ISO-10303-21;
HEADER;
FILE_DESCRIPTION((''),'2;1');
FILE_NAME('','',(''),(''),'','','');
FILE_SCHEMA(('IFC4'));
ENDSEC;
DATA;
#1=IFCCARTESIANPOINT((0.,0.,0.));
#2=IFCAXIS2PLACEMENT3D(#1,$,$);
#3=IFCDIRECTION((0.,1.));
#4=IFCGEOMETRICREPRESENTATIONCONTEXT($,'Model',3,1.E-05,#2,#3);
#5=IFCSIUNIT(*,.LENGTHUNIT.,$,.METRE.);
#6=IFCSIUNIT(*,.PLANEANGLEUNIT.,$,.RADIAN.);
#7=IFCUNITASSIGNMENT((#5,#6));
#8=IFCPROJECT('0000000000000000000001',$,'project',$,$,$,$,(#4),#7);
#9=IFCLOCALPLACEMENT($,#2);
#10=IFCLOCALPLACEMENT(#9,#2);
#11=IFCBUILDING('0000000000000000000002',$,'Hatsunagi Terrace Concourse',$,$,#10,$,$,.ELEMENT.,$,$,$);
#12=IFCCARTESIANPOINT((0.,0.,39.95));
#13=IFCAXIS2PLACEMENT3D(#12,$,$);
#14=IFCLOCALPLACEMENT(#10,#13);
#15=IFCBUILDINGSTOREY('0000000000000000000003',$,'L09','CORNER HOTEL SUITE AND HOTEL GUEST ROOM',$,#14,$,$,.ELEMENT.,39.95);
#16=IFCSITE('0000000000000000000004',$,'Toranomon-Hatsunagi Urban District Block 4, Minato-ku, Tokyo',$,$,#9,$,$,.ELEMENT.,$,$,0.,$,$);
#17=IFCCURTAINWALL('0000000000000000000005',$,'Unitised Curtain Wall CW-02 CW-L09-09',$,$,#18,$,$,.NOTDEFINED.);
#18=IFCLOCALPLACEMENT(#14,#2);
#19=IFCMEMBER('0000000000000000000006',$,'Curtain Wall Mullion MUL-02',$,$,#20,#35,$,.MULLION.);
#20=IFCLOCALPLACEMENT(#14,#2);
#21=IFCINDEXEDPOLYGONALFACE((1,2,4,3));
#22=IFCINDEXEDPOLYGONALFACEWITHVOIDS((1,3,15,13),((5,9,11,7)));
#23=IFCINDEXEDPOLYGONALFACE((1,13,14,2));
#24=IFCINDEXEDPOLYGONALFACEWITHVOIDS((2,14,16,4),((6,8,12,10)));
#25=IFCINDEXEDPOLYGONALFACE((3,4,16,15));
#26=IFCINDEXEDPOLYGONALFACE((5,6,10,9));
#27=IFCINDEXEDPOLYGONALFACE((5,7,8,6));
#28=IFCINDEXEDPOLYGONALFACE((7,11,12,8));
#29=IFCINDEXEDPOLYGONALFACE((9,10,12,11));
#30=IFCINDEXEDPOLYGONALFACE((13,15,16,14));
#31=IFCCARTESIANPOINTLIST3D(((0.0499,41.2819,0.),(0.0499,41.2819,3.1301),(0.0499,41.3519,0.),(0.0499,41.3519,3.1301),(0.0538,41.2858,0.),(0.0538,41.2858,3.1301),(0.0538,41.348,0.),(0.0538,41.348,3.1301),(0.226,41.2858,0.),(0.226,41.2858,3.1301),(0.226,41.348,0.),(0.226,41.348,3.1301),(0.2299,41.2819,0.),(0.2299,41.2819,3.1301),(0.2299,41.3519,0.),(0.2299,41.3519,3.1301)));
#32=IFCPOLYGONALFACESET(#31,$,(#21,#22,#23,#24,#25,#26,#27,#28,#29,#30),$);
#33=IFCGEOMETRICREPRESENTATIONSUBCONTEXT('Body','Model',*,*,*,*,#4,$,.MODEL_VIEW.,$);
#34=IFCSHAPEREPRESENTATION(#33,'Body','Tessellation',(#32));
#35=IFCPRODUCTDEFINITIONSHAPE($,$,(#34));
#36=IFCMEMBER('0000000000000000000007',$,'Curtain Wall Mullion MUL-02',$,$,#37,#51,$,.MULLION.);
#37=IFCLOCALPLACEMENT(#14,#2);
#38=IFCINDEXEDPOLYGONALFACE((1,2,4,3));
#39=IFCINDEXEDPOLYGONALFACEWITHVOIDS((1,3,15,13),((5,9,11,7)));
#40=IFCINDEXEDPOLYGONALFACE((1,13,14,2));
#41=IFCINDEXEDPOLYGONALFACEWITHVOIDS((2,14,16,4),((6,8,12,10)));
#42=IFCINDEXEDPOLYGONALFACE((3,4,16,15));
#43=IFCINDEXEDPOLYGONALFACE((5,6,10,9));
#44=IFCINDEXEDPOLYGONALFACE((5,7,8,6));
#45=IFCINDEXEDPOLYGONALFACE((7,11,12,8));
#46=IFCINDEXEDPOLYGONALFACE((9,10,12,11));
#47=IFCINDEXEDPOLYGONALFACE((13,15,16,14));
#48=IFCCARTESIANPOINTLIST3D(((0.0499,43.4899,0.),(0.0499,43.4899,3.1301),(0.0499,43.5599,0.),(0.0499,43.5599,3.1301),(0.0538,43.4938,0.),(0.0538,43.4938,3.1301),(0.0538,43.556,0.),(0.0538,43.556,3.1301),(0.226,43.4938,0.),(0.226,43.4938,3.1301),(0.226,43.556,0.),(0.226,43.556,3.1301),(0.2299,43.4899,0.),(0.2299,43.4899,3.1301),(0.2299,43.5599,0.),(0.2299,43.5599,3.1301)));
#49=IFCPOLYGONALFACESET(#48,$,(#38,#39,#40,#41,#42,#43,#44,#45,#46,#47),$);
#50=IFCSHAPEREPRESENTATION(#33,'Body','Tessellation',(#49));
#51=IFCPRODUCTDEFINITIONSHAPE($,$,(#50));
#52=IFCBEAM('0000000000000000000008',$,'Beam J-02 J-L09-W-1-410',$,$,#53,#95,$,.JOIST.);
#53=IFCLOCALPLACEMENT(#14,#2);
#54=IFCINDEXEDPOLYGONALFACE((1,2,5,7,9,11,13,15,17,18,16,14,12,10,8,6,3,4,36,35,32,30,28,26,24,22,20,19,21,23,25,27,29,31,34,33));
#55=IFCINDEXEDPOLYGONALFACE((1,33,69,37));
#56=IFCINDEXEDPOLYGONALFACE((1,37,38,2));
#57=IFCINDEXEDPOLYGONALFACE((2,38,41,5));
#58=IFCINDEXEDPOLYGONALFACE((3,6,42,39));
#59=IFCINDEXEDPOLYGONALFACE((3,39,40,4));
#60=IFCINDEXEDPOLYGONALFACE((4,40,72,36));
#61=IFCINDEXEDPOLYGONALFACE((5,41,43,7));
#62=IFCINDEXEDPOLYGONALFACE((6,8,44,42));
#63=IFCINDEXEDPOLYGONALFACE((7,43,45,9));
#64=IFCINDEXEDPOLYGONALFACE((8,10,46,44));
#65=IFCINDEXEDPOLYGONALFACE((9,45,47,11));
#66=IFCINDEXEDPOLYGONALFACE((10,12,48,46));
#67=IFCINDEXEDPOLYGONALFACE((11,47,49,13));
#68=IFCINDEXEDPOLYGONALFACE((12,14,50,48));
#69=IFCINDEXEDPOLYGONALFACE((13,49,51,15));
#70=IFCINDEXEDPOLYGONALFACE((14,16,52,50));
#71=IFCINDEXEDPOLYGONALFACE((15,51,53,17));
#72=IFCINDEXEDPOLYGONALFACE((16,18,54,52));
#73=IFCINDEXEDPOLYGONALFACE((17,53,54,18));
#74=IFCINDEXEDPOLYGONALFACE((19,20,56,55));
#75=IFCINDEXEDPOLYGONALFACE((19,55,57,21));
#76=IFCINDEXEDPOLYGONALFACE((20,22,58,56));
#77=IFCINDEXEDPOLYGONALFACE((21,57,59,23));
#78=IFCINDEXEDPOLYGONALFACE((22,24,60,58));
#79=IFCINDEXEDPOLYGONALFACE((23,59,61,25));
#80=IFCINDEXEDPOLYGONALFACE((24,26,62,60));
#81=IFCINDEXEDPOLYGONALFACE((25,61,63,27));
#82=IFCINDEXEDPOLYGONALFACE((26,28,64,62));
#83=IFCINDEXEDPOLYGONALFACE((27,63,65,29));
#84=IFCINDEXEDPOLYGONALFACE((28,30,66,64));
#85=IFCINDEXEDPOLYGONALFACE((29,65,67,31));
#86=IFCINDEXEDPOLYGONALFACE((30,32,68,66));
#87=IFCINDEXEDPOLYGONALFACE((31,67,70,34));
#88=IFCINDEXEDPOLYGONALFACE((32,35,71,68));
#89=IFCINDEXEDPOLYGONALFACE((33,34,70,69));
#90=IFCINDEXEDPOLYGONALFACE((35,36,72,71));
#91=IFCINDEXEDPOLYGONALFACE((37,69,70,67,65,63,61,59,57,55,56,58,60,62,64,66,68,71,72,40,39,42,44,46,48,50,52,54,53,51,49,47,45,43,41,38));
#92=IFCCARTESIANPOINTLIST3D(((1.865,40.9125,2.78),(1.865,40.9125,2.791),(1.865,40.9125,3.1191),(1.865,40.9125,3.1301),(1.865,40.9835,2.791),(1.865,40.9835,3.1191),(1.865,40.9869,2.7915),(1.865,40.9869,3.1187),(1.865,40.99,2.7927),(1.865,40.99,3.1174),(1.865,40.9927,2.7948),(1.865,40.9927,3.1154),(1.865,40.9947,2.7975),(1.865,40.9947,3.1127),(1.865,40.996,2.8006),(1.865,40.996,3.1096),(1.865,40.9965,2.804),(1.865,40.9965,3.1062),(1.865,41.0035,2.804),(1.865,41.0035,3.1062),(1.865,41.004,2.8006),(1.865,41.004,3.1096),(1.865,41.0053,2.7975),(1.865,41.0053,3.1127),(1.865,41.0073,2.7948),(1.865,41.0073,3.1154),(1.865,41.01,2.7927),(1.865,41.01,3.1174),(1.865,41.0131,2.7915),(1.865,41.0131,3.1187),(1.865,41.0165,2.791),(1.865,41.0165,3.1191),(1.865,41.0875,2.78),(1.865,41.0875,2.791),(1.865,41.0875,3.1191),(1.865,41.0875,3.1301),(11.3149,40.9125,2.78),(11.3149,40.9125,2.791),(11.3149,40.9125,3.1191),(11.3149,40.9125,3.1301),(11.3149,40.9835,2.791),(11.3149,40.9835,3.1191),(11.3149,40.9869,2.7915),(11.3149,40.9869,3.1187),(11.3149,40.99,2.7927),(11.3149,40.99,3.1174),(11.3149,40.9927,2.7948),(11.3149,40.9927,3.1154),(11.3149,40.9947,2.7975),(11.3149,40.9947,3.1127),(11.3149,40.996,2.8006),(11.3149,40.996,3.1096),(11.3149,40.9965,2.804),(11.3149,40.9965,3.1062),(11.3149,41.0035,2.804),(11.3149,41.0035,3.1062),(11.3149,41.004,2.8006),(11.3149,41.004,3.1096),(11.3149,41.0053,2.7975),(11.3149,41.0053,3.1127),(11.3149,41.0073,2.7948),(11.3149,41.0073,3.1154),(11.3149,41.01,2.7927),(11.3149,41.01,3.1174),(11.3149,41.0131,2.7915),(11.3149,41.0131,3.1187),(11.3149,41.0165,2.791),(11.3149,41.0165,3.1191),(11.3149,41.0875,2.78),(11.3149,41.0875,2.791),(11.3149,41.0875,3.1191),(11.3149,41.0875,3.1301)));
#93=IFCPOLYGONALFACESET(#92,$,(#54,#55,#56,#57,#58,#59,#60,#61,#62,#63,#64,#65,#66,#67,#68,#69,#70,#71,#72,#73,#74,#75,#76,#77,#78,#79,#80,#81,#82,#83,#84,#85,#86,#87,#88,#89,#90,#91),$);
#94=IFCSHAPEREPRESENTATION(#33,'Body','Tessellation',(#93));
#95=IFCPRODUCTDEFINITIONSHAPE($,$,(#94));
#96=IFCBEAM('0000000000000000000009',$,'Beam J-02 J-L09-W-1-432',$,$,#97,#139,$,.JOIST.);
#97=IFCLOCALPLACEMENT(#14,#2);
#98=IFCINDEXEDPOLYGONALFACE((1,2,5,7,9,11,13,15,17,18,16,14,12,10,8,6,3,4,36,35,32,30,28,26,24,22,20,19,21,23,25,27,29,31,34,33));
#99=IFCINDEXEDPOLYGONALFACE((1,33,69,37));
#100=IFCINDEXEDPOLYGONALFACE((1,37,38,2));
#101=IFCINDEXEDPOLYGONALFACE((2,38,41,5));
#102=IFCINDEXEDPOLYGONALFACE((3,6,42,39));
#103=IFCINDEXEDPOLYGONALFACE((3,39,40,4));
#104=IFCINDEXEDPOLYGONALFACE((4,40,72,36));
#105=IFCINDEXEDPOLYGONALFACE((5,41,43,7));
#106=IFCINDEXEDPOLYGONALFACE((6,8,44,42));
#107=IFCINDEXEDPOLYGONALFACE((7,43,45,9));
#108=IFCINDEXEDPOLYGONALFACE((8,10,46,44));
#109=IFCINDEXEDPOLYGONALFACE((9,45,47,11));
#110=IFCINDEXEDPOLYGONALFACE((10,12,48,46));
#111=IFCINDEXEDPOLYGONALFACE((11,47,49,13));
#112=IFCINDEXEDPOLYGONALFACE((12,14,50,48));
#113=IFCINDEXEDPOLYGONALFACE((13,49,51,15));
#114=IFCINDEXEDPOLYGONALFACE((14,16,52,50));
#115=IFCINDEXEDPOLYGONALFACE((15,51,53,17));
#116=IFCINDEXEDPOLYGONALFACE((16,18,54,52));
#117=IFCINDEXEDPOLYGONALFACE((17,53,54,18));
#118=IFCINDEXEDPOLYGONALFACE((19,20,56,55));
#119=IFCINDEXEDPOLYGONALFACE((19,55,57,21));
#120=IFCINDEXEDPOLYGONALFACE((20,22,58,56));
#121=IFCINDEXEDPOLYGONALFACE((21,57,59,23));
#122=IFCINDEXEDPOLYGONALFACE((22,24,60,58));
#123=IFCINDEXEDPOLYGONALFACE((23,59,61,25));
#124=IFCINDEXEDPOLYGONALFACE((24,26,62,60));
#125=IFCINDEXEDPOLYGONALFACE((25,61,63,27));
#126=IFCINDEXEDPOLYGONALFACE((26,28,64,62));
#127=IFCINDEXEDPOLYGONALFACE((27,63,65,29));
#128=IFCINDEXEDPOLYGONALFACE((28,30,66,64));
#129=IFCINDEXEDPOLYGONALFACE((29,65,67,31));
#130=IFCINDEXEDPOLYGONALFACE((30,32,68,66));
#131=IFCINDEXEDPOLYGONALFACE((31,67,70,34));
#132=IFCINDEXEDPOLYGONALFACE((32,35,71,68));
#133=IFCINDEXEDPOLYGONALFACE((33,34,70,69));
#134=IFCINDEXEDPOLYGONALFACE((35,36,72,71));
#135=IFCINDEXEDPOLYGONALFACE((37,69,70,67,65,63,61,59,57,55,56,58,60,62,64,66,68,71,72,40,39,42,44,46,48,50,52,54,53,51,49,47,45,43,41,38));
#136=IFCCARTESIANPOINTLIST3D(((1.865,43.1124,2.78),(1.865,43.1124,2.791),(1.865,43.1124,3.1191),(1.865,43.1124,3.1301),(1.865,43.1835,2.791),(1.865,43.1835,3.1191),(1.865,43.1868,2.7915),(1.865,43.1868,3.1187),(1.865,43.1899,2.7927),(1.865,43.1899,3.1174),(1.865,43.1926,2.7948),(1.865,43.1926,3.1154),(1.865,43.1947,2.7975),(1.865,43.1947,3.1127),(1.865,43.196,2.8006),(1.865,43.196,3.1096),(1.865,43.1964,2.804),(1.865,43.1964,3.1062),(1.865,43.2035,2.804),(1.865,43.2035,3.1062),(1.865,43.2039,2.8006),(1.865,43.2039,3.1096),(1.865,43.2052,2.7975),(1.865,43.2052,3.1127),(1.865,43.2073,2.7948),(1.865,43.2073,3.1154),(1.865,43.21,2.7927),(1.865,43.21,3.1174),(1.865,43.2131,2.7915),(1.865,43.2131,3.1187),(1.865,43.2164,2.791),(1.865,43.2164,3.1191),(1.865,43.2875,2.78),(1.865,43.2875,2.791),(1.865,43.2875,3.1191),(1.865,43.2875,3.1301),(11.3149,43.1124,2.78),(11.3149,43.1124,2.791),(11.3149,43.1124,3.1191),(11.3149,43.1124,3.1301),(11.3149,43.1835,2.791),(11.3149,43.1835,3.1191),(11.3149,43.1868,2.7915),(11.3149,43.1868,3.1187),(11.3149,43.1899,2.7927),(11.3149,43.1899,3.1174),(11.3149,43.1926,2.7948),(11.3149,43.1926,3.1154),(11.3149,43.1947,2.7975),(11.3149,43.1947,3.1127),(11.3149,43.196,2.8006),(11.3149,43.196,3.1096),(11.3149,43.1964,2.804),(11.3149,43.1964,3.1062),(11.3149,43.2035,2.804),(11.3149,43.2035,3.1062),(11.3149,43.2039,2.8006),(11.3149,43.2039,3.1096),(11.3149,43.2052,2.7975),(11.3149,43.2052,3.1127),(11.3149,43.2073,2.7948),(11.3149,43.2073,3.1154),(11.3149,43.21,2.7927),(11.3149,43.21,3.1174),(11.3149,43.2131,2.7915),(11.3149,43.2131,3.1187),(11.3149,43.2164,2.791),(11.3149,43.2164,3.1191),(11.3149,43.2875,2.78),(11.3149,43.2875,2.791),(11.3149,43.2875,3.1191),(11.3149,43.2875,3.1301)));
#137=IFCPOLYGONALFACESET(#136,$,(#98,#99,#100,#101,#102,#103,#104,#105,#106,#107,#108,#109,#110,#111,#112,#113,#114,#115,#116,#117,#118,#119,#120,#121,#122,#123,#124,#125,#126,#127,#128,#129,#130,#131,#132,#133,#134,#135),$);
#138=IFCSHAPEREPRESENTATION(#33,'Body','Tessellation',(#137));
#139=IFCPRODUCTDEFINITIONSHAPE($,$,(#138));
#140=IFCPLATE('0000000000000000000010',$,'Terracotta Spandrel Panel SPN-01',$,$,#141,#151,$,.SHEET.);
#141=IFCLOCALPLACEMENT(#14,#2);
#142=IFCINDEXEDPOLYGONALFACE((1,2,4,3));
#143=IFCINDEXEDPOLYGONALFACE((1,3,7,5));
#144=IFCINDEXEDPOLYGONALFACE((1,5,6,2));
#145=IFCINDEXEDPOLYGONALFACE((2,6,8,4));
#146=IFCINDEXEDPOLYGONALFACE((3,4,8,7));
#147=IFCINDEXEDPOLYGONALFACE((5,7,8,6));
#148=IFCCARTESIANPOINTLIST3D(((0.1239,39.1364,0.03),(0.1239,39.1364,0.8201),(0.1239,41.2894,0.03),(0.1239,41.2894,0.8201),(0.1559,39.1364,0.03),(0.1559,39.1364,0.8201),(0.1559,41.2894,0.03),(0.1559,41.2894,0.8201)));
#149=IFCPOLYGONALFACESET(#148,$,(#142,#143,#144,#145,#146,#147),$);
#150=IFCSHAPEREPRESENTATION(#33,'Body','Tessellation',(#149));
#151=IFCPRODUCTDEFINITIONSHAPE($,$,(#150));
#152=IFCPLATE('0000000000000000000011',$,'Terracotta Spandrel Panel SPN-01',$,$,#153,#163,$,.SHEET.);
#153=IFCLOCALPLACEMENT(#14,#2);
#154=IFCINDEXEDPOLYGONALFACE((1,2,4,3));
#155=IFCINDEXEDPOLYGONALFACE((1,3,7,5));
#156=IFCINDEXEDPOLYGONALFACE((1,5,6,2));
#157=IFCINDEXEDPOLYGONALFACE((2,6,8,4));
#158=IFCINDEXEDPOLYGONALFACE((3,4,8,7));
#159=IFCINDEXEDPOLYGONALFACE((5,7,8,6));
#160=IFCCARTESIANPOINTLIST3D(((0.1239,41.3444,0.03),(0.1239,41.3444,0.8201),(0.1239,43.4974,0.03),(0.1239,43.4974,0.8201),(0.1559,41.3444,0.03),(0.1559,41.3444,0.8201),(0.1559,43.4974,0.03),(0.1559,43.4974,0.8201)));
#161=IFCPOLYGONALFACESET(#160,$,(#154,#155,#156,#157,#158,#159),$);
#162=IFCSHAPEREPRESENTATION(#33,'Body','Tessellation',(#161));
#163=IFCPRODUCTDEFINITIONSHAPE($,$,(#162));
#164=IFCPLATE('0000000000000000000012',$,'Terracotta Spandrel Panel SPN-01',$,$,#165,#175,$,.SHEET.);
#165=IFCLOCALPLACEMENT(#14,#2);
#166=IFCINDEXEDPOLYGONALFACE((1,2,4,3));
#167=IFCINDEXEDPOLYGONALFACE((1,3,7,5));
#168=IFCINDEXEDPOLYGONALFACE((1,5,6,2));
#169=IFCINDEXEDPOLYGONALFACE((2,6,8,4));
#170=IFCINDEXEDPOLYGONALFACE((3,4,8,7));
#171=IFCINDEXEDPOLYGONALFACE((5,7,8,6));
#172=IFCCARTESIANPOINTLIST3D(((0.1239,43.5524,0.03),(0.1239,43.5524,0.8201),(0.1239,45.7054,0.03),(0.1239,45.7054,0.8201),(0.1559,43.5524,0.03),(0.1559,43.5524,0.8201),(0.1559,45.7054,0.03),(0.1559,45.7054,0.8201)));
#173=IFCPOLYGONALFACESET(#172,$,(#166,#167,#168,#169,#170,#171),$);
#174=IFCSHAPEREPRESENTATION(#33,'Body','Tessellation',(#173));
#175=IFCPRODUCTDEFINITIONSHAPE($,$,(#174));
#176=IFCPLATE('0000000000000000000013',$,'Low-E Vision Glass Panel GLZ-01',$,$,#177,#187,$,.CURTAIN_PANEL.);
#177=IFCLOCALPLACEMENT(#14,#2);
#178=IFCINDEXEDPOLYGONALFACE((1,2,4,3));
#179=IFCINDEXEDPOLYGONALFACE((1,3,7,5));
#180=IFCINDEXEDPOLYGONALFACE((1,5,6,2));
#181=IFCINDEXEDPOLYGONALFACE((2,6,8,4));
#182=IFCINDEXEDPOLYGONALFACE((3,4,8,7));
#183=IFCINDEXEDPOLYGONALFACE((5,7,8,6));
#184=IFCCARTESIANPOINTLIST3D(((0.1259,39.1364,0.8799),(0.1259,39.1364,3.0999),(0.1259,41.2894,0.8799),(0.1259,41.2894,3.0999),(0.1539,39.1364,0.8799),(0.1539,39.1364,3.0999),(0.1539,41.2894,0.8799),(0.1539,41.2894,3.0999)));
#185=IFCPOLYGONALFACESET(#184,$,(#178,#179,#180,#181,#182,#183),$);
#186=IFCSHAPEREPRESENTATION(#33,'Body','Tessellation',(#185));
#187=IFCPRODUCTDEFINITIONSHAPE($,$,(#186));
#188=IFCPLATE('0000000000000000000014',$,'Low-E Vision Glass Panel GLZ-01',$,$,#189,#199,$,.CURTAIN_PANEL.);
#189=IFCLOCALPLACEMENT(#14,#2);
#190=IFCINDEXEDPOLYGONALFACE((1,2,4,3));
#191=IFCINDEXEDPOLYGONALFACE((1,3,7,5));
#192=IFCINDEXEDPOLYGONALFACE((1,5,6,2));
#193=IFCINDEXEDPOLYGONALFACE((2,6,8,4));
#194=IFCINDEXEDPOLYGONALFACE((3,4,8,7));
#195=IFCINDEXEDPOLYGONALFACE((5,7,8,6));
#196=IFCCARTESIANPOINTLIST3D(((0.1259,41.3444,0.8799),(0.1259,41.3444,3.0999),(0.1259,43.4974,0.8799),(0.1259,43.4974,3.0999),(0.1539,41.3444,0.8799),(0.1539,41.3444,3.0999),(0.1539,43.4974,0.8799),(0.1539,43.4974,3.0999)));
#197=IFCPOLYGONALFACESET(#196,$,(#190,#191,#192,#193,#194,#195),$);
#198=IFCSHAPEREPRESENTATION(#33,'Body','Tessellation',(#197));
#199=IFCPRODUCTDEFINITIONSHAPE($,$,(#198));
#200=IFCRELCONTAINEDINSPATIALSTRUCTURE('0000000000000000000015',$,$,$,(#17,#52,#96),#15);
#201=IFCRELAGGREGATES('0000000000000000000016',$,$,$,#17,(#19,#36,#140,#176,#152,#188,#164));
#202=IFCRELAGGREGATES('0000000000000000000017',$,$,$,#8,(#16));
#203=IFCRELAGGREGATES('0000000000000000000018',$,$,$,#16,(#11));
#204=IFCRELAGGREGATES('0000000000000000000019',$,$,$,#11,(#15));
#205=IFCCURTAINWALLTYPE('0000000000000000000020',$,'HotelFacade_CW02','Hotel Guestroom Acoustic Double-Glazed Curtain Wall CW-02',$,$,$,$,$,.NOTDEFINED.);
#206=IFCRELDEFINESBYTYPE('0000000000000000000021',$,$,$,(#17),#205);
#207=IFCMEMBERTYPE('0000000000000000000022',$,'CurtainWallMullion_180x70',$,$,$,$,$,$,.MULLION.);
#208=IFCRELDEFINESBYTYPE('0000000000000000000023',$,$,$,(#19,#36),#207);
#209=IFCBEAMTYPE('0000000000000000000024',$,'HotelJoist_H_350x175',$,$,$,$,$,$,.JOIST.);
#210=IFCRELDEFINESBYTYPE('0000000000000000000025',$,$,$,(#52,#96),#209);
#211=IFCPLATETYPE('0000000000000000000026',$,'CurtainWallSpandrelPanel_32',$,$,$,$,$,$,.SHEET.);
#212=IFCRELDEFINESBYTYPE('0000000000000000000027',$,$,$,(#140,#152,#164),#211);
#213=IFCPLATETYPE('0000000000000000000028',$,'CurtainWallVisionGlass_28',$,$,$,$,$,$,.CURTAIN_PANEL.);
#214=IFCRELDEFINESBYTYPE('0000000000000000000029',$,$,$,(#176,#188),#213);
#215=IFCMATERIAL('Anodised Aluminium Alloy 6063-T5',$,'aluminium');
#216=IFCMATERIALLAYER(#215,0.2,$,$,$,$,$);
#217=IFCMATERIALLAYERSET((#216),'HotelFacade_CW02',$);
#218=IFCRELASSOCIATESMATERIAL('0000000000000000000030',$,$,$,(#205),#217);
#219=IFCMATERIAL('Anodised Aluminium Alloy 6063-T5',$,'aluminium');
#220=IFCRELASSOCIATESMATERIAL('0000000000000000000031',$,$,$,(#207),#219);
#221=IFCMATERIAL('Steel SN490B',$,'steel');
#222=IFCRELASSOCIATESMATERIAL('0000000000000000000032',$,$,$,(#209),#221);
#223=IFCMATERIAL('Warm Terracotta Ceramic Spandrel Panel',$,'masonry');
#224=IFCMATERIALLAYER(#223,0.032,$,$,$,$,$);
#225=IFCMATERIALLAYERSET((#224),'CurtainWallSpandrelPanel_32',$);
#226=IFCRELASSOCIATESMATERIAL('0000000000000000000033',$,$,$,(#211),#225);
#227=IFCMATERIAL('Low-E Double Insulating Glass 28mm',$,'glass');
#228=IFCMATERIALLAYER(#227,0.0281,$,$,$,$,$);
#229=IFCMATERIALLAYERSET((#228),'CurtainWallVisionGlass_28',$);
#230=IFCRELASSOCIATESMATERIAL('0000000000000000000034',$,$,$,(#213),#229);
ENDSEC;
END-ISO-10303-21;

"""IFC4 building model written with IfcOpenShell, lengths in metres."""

from ifc_helpers import new_model, si_unit, direction, frame, origin, origin_2d, place, context, subcontext, project, spatial, rectangle, hollow_rectangle, i_section, extrude, material, layer, layer_set, material_profile, profile_set, type_object, element, aggregate, save


model = new_model("IFC4")

# Units and contexts
model_context = context("Model", 3, precision=1e-05, world=origin(), true_north=direction((0.0, 1.0)))
body_context = subcontext(model_context, "Body", "Model", "MODEL_VIEW")
ifc_project = project(units=[si_unit("LENGTHUNIT", "METRE"), si_unit("PLANEANGLEUNIT", "RADIAN")], contexts=[model_context])

# Site, building, storey
site_placement = place(None, origin())
site = spatial("IfcSite", under=ifc_project, at=site_placement, Name="Toranomon-Hatsunagi Urban District Block 4, Minato-ku, Tokyo", CompositionType="ELEMENT", RefElevation=0.0)
building_placement = place(site_placement, origin())
building = spatial("IfcBuilding", under=site, at=building_placement, Name="Hatsunagi Terrace Concourse", CompositionType="ELEMENT")
storey_placement = place(building_placement, frame((0.0, 0.0, 39.95)))
storey = spatial("IfcBuildingStorey", under=building, at=storey_placement, Name="L09", Description="CORNER HOTEL SUITE AND HOTEL GUEST ROOM", CompositionType="ELEMENT", Elevation=39.95)

# Curtain wall, members
ifc_material_1 = material(Name="Anodised Aluminium Alloy 6063-T5", Category="aluminium")
ifc_layer_1 = layer(ifc_material_1, 0.2)
ifc_layer_set_1 = layer_set([ifc_layer_1], Name="HotelFacade_CW02")
curtain_wall_type = type_object("IfcCurtainWallType", Name="HotelFacade_CW02", Description="Hotel Guestroom Acoustic Double-Glazed Curtain Wall CW-02", PredefinedType="NOTDEFINED", material=ifc_layer_set_1)
curtain_wall_placement = place(storey_placement, origin())
curtain_wall = element("IfcCurtainWall", 1, at=curtain_wall_placement, inside=storey, type_object=curtain_wall_type, Name="Unitised Curtain Wall CW-02 CW-L09-09", PredefinedType="NOTDEFINED")
ifc_material_2 = material(Name="Anodised Aluminium Alloy 6063-T5", Category="aluminium")
ifc_material_profile_1 = material_profile(ifc_material_2, hollow_rectangle(XDim=0.0701, YDim=0.1799, WallThickness=0.0039, at=origin_2d()), Name="ALU-MUL-180x70x4")
ifc_profile_set_1 = profile_set([ifc_material_profile_1], Name="Anodised Aluminium Alloy 6063-T5")
member_type = type_object("IfcMemberType", Name="CurtainWallMullion_180x70", PredefinedType="MULLION", material=ifc_profile_set_1)
member_1_placement = place(storey_placement, frame((0.1399, 41.3169, 0.0), z_axis=(0.0, 0.0, 1.0), x_axis=(0.0, 1.0, 0.0)))
member_1 = element("IfcMember", 2, at=member_1_placement, type_object=member_type, Name="Curtain Wall Mullion MUL-02", PredefinedType="MULLION", context=body_context, shape_type="SweptSolid", body=[
    extrude(hollow_rectangle(XDim=0.0701, YDim=0.1799, WallThickness=0.0039, at=origin_2d()), origin(), (0.0, 0.0, 1.0), 3.1301),
])
member_2_placement = place(storey_placement, frame((0.1399, 43.5249, 0.0), z_axis=(0.0, 0.0, 1.0), x_axis=(0.0, 1.0, 0.0)))
member_2 = element("IfcMember", 3, at=member_2_placement, type_object=member_type, Name="Curtain Wall Mullion MUL-02", PredefinedType="MULLION", context=body_context, shape_type="SweptSolid", body=[
    extrude(hollow_rectangle(XDim=0.0701, YDim=0.1799, WallThickness=0.0039, at=origin_2d()), origin(), (0.0, 0.0, 1.0), 3.1301),
])

# Beams
ifc_material_3 = material(Name="Steel SN490B", Category="steel")
ifc_material_profile_2 = material_profile(ifc_material_3, i_section(OverallWidth=0.175, OverallDepth=0.3501, WebThickness=0.0071, FlangeThickness=0.011, FilletRadius=0.0129, at=origin_2d()), Name="H-350x175x7x11")
ifc_profile_set_2 = profile_set([ifc_material_profile_2], Name="Steel SN490B")
beam_type = type_object("IfcBeamType", Name="HotelJoist_H_350x175", PredefinedType="JOIST", material=ifc_profile_set_2)
for number, where, z_axis, x_axis, name in (
    (4, (1.865, 41.0, 2.9551), (1.0, 0.0, 0.0), (0.0, 1.0, 0.0), "Beam J-02 J-L09-W-1-410"),
    (5, (1.865, 43.2, 2.9551), (1.0, 0.0, 0.0), (0.0, 1.0, 0.0), "Beam J-02 J-L09-W-1-432"),
):
    element("IfcBeam", number, at=place(storey_placement, frame(where, z_axis=z_axis, x_axis=x_axis)), inside=storey, type_object=beam_type, Name=name, PredefinedType="JOIST", context=body_context, shape_type="SweptSolid", body=[
        extrude(i_section(OverallWidth=0.175, OverallDepth=0.3501, WebThickness=0.0071, FlangeThickness=0.011, FilletRadius=0.0129, at=origin_2d()), origin(), (0.0, 0.0, 1.0), 9.45),
    ])

# Plates
ifc_material_4 = material(Name="Warm Terracotta Ceramic Spandrel Panel", Category="masonry")
ifc_layer_2 = layer(ifc_material_4, 0.032)
ifc_layer_set_2 = layer_set([ifc_layer_2], Name="CurtainWallSpandrelPanel_32")
plate_type_1 = type_object("IfcPlateType", Name="CurtainWallSpandrelPanel_32", PredefinedType="SHEET", material=ifc_layer_set_2)
plate_1_placement = place(storey_placement, frame((0.1399, 40.2129, 0.03), z_axis=(0.0, 0.0, 1.0), x_axis=(0.0, 1.0, 0.0)))
plate_1 = element("IfcPlate", 6, at=plate_1_placement, type_object=plate_type_1, Name="Terracotta Spandrel Panel SPN-01", PredefinedType="SHEET", context=body_context, shape_type="SweptSolid", body=[
    extrude(rectangle(XDim=2.1531, YDim=0.032, at=origin_2d()), origin(), (0.0, 0.0, 1.0), 0.79),
])
plate_2_placement = place(storey_placement, frame((0.1399, 42.4209, 0.03), z_axis=(0.0, 0.0, 1.0), x_axis=(0.0, 1.0, 0.0)))
plate_2 = element("IfcPlate", 7, at=plate_2_placement, type_object=plate_type_1, Name="Terracotta Spandrel Panel SPN-01", PredefinedType="SHEET", context=body_context, shape_type="SweptSolid", body=[
    extrude(rectangle(XDim=2.1531, YDim=0.032, at=origin_2d()), origin(), (0.0, 0.0, 1.0), 0.79),
])
plate_3_placement = place(storey_placement, frame((0.1399, 44.6289, 0.03), z_axis=(0.0, 0.0, 1.0), x_axis=(0.0, 1.0, 0.0)))
plate_3 = element("IfcPlate", 8, at=plate_3_placement, type_object=plate_type_1, Name="Terracotta Spandrel Panel SPN-01", PredefinedType="SHEET", context=body_context, shape_type="SweptSolid", body=[
    extrude(rectangle(XDim=2.1531, YDim=0.032, at=origin_2d()), origin(), (0.0, 0.0, 1.0), 0.79),
])
ifc_material_5 = material(Name="Low-E Double Insulating Glass 28mm", Category="glass")
ifc_layer_3 = layer(ifc_material_5, 0.0281)
ifc_layer_set_3 = layer_set([ifc_layer_3], Name="CurtainWallVisionGlass_28")
plate_type_2 = type_object("IfcPlateType", Name="CurtainWallVisionGlass_28", PredefinedType="CURTAIN_PANEL", material=ifc_layer_set_3)
plate_4_placement = place(storey_placement, frame((0.1399, 40.2129, 0.8799), z_axis=(0.0, 0.0, 1.0), x_axis=(0.0, 1.0, 0.0)))
plate_4 = element("IfcPlate", 9, at=plate_4_placement, type_object=plate_type_2, Name="Low-E Vision Glass Panel GLZ-01", PredefinedType="CURTAIN_PANEL", context=body_context, shape_type="SweptSolid", body=[
    extrude(rectangle(XDim=2.1531, YDim=0.0281, at=origin_2d()), origin(), (0.0, 0.0, 1.0), 2.22),
])
plate_5_placement = place(storey_placement, frame((0.1399, 42.4209, 0.8799), z_axis=(0.0, 0.0, 1.0), x_axis=(0.0, 1.0, 0.0)))
plate_5 = element("IfcPlate", 10, at=plate_5_placement, type_object=plate_type_2, Name="Low-E Vision Glass Panel GLZ-01", PredefinedType="CURTAIN_PANEL", context=body_context, shape_type="SweptSolid", body=[
    extrude(rectangle(XDim=2.1531, YDim=0.0281, at=origin_2d()), origin(), (0.0, 0.0, 1.0), 2.22),
])
aggregate(curtain_wall, [member_1, member_2, plate_1, plate_4, plate_2, plate_5, plate_3])

save(model, "model.ifc")
